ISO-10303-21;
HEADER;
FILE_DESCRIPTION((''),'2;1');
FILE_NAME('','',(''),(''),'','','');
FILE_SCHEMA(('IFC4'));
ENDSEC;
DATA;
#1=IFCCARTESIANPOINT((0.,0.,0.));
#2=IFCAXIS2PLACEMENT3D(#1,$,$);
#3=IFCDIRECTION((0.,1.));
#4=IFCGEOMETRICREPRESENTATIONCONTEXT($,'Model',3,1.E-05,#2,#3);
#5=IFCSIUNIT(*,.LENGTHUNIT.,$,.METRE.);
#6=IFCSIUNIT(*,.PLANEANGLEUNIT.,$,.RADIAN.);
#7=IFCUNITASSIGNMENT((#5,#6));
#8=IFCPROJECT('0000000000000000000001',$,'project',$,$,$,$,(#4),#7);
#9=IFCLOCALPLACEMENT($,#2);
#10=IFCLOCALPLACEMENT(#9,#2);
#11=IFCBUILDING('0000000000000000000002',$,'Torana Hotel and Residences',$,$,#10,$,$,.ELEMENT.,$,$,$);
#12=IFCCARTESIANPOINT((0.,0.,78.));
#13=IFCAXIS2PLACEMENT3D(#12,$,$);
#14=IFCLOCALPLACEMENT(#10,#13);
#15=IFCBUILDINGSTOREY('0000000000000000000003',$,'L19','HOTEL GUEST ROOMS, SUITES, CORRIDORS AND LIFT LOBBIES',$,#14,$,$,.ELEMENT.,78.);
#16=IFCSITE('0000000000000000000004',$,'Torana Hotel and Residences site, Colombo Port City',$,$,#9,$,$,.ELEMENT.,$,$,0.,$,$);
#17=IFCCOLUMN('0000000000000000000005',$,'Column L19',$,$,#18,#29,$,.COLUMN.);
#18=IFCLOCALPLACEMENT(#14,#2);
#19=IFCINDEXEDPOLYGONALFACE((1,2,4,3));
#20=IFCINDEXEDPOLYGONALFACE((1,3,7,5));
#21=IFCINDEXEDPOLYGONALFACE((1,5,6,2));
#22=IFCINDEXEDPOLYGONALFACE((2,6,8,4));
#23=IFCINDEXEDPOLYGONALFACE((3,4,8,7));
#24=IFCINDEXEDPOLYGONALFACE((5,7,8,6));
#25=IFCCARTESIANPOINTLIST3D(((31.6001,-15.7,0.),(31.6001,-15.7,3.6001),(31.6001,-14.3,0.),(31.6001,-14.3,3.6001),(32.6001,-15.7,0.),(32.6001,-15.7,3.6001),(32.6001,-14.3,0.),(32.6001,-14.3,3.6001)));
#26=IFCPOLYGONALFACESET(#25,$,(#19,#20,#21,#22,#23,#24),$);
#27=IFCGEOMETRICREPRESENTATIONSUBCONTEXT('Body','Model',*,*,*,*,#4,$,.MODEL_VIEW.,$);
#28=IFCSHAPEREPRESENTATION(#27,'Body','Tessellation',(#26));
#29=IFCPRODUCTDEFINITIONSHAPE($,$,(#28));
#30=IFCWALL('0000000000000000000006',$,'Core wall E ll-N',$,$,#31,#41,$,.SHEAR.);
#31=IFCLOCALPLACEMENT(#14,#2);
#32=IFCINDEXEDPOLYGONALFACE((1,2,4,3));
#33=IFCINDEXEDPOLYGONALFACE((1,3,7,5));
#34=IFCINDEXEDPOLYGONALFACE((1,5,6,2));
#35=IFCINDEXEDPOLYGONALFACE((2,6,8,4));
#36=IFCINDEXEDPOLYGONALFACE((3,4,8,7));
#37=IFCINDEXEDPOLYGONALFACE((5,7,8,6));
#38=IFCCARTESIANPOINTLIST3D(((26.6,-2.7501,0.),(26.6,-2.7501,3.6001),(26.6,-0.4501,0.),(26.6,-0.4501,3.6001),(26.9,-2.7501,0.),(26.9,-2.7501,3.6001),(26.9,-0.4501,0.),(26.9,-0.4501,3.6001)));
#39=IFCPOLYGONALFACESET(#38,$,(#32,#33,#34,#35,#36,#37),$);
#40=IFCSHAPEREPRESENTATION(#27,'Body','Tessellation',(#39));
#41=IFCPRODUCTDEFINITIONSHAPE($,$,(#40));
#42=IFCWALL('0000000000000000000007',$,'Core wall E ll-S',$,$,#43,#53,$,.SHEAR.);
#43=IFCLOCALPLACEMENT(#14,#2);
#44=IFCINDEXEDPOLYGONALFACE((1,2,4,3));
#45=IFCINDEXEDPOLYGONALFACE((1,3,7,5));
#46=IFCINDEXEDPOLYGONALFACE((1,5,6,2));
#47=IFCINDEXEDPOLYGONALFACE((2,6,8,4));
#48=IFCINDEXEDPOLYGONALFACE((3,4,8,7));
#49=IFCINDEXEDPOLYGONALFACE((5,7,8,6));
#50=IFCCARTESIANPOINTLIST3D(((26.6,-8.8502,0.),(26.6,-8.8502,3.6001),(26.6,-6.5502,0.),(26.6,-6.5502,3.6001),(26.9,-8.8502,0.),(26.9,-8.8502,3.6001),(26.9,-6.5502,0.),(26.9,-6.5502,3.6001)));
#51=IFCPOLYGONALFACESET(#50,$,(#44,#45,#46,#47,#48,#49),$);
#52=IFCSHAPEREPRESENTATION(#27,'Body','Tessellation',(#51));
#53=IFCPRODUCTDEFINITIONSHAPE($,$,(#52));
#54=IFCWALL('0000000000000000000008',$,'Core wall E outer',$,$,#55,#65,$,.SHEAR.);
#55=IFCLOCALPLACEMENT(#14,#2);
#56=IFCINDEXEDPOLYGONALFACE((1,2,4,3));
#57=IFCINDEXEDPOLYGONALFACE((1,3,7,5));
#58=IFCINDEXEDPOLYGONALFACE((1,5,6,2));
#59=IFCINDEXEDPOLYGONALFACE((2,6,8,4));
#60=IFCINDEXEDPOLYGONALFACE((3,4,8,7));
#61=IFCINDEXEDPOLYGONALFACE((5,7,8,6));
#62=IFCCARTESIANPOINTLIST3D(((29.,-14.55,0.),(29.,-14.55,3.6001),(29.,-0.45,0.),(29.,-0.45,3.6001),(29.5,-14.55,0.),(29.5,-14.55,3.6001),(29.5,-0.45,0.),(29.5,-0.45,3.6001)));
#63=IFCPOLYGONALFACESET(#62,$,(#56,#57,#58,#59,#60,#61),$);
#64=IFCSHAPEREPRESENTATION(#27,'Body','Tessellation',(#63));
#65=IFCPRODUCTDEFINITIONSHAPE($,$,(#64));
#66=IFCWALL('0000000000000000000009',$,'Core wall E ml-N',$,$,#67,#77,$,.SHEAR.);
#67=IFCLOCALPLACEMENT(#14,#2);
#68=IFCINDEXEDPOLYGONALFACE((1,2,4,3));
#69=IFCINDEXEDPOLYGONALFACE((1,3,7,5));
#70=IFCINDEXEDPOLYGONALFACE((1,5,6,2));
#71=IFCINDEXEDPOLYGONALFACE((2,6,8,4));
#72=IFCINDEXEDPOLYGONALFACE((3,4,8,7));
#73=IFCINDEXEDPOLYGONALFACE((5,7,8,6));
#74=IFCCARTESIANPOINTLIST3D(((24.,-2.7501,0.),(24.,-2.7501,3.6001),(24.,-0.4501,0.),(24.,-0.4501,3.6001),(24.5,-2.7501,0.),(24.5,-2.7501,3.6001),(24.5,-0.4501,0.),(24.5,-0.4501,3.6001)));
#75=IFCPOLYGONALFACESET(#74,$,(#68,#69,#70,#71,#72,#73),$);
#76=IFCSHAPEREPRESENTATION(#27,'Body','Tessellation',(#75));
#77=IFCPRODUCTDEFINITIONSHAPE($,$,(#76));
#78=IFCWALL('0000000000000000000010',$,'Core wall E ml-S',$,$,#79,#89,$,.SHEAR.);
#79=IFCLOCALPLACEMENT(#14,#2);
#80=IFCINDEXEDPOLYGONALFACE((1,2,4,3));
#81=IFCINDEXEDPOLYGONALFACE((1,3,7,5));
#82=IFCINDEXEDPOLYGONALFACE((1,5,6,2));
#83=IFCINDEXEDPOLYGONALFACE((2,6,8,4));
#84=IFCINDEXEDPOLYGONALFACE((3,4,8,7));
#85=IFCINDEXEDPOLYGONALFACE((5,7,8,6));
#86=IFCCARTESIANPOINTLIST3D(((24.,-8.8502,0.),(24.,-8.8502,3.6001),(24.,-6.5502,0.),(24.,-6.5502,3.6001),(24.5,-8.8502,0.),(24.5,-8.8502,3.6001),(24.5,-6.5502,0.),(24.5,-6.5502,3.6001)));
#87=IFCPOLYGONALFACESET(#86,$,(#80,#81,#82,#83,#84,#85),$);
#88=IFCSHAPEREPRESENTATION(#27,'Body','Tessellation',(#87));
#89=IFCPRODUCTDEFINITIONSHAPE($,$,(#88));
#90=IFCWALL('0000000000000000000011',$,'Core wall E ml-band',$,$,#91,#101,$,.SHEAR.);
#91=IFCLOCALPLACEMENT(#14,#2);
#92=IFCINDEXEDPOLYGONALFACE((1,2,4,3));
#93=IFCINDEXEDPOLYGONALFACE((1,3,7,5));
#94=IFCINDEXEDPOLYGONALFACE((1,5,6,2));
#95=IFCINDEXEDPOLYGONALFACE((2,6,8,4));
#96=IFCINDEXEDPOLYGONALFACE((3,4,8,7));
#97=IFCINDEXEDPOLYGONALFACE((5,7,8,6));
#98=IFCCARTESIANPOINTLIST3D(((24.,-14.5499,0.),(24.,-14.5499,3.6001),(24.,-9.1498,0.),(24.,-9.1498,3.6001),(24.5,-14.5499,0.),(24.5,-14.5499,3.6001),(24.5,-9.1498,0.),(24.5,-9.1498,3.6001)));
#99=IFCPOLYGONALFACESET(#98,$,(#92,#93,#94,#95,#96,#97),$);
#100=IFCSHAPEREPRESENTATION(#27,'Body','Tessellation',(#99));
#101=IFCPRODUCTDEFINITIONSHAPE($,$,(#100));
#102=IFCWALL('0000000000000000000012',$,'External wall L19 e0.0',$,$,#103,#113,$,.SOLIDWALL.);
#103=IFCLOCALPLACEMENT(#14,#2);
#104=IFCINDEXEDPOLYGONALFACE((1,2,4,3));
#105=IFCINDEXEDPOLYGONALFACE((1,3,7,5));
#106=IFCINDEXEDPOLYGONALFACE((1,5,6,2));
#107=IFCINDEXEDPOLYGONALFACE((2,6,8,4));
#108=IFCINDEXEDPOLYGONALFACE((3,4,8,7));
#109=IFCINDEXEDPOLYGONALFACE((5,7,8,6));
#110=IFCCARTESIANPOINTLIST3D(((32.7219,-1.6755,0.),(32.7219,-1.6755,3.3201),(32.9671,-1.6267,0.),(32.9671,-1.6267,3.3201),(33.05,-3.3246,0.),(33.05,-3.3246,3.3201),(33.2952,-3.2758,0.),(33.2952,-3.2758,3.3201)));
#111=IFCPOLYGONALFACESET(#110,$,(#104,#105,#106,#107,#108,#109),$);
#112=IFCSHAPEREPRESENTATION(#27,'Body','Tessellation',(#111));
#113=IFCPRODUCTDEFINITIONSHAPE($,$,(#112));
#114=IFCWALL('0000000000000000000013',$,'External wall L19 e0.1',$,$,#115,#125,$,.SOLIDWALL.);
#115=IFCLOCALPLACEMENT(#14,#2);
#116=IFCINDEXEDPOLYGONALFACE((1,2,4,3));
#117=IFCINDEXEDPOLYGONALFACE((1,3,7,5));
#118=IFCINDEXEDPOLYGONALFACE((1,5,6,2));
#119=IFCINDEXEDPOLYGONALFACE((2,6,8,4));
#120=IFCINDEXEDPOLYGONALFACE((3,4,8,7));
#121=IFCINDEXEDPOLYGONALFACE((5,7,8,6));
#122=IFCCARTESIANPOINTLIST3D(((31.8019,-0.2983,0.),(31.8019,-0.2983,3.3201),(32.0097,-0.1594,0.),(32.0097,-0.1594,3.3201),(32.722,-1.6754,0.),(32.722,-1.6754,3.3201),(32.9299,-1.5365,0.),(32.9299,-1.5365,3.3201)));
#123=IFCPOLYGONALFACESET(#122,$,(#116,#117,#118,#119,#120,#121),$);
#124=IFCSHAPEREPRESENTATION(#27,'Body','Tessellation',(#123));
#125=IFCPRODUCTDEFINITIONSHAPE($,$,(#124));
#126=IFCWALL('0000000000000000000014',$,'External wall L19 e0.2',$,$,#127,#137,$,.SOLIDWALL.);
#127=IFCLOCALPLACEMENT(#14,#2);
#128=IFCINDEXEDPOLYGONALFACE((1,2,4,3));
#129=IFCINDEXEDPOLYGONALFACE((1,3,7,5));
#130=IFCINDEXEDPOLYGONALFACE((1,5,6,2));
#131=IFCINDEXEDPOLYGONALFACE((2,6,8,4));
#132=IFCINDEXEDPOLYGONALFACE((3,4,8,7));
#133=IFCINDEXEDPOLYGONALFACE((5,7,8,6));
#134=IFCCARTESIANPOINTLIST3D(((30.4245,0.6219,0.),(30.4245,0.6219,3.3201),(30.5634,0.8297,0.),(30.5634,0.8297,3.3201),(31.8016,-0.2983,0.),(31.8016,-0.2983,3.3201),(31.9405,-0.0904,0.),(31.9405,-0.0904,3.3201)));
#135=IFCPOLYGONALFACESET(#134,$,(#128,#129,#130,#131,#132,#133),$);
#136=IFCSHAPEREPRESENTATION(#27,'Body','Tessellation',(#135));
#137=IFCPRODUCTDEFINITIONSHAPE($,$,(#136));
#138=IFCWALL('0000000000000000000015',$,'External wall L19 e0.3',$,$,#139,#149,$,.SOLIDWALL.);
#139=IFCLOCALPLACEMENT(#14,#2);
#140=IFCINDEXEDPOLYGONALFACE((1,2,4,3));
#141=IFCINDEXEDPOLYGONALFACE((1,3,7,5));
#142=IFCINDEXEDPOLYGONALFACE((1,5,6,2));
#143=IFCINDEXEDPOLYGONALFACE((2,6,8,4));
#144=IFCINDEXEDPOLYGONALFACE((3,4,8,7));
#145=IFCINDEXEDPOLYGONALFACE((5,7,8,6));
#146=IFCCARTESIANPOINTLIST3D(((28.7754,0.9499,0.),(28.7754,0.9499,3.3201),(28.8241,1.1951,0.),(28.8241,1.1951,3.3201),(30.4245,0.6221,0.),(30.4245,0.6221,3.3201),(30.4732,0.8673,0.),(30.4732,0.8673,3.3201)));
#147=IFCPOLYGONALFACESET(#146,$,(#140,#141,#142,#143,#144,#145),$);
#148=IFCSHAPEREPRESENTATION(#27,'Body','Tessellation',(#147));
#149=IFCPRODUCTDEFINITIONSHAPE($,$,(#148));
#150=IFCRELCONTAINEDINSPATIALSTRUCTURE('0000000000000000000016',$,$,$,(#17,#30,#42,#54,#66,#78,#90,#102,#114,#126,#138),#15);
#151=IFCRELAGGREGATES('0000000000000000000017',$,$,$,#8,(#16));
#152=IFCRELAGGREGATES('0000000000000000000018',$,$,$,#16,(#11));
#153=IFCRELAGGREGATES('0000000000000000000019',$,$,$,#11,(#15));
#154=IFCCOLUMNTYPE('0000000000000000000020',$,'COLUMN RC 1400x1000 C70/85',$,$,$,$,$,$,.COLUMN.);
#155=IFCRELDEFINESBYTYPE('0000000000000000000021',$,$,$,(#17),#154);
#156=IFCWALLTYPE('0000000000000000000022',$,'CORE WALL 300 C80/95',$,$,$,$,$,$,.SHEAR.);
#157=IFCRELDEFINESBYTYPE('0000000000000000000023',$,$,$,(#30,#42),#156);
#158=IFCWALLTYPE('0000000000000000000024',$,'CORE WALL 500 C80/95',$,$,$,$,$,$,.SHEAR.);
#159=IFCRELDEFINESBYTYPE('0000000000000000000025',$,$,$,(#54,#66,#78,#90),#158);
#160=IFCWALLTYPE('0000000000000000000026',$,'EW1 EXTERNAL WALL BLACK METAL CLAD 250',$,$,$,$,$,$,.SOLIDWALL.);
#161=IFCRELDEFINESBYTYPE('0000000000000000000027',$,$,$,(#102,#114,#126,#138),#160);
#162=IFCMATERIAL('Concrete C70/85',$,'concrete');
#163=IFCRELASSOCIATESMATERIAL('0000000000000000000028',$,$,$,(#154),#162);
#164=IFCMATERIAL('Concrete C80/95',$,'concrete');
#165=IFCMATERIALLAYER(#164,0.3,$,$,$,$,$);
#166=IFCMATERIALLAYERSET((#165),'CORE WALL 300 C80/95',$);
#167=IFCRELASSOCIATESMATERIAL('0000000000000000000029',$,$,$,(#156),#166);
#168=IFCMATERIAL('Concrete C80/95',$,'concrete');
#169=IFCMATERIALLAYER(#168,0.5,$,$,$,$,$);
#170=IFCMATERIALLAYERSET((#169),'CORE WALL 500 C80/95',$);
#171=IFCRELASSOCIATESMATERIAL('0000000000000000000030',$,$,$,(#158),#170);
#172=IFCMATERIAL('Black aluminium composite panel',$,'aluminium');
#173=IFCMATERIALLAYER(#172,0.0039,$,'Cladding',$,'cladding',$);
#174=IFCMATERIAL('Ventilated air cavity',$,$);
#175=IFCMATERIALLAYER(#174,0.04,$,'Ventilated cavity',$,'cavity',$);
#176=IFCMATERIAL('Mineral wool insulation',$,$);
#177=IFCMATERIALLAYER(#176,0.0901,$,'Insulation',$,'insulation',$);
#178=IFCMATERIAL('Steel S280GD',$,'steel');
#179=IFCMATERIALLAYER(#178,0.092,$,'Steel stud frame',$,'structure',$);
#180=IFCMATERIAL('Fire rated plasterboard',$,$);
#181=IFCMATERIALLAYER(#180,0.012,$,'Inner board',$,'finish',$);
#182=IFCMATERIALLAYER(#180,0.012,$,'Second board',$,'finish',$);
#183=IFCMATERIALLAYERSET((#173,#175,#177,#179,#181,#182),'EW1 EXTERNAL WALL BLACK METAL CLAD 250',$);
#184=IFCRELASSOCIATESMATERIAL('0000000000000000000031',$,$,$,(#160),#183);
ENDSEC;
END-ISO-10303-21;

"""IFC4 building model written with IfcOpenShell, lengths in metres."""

from ifc_helpers import new_model, si_unit, direction, frame, frame_2d, origin, origin_2d, place, context, subcontext, project, spatial, rectangle, extrude, material, layer, layer_set, material_profile, profile_set, type_object, element, save


model = new_model("IFC4")

# Units and contexts
model_context = context("Model", 3, precision=1e-05, world=origin(), true_north=direction((0.0, 1.0)))
body_context = subcontext(model_context, "Body", "Model", "MODEL_VIEW")
ifc_project = project(units=[si_unit("LENGTHUNIT", "METRE"), si_unit("PLANEANGLEUNIT", "RADIAN")], contexts=[model_context])

# Site, building, storey
site_placement = place(None, origin())
site = spatial("IfcSite", under=ifc_project, at=site_placement, Name="Torana Hotel and Residences site, Colombo Port City", CompositionType="ELEMENT", RefElevation=0.0)
building_placement = place(site_placement, origin())
building = spatial("IfcBuilding", under=site, at=building_placement, Name="Torana Hotel and Residences", CompositionType="ELEMENT")
storey_placement = place(building_placement, frame((0.0, 0.0, 78.0)))
storey = spatial("IfcBuildingStorey", under=building, at=storey_placement, Name="L19", Description="HOTEL GUEST ROOMS, SUITES, CORRIDORS AND LIFT LOBBIES", CompositionType="ELEMENT", Elevation=78.0)

# Column
ifc_material_1 = material(Name="Concrete C70/85", Category="concrete")
ifc_material_profile = material_profile(ifc_material_1, rectangle(XDim=1.3999, YDim=1.0, at=origin_2d()), Name="RC 1400x1000")
ifc_profile_set = profile_set([ifc_material_profile], Name="Concrete C70/85")
column_type = type_object("IfcColumnType", Name="COLUMN RC 1400x1000 C70/85", PredefinedType="COLUMN", material=ifc_profile_set)
column_placement = place(storey_placement, frame((32.1001, -15.0, 0.0), z_axis=(0.0, 0.0, 1.0), x_axis=(0.0, 1.0, 0.0)))
element("IfcColumn", 1, at=column_placement, inside=storey, type_object=column_type, Name="Column L19", PredefinedType="COLUMN", context=body_context, shape_type="SweptSolid", body=[
    extrude(rectangle(XDim=1.3999, YDim=1.0, at=origin_2d()), origin(), (0.0, 0.0, 1.0), 3.6001),
])

# Walls
ifc_material_2 = material(Name="Concrete C80/95", Category="concrete")
ifc_layer_1 = layer(ifc_material_2, 0.3)
ifc_layer_set_1 = layer_set([ifc_layer_1], Name="CORE WALL 300 C80/95")
wall_type_1 = type_object("IfcWallType", Name="CORE WALL 300 C80/95", PredefinedType="SHEAR", material=ifc_layer_set_1)
for number, where, z_axis, x_axis, name in (
    (2, (26.75, -2.75, 0.0), (0.0, 0.0, 1.0), (0.0, 1.0, 0.0), "Core wall E ll-N"),
    (3, (26.75, -8.8501, 0.0), (0.0, 0.0, 1.0), (0.0, 1.0, 0.0), "Core wall E ll-S"),
):
    element("IfcWall", number, at=place(storey_placement, frame(where, z_axis=z_axis, x_axis=x_axis)), inside=storey, type_object=wall_type_1, Name=name, PredefinedType="SHEAR", context=body_context, shape_type="SweptSolid", body=[
        extrude(rectangle(XDim=2.3, YDim=0.3, at=frame_2d((1.1499, 0.0))), origin(), (0.0, 0.0, 1.0), 3.6001),
    ])
ifc_material_3 = material(Name="Concrete C80/95", Category="concrete")
ifc_layer_2 = layer(ifc_material_3, 0.5)
ifc_layer_set_2 = layer_set([ifc_layer_2], Name="CORE WALL 500 C80/95")
wall_type_2 = type_object("IfcWallType", Name="CORE WALL 500 C80/95", PredefinedType="SHEAR", material=ifc_layer_set_2)
wall_1_placement = place(storey_placement, frame((29.25, -14.55, 0.0), z_axis=(0.0, 0.0, 1.0), x_axis=(0.0, 1.0, 0.0)))
element("IfcWall", 4, at=wall_1_placement, inside=storey, type_object=wall_type_2, Name="Core wall E outer", PredefinedType="SHEAR", context=body_context, shape_type="SweptSolid", body=[
    extrude(rectangle(XDim=14.1001, YDim=0.5, at=frame_2d((7.05, 0.0))), origin(), (0.0, 0.0, 1.0), 3.6001),
])
for number, where, z_axis, x_axis, name in (
    (5, (24.25, -2.75, 0.0), (0.0, 0.0, 1.0), (0.0, 1.0, 0.0), "Core wall E ml-N"),
    (6, (24.25, -8.8501, 0.0), (0.0, 0.0, 1.0), (0.0, 1.0, 0.0), "Core wall E ml-S"),
):
    element("IfcWall", number, at=place(storey_placement, frame(where, z_axis=z_axis, x_axis=x_axis)), inside=storey, type_object=wall_type_2, Name=name, PredefinedType="SHEAR", context=body_context, shape_type="SweptSolid", body=[
        extrude(rectangle(XDim=2.3, YDim=0.5, at=frame_2d((1.1499, 0.0))), origin(), (0.0, 0.0, 1.0), 3.6001),
    ])
wall_2_placement = place(storey_placement, frame((24.25, -14.55, 0.0), z_axis=(0.0, 0.0, 1.0), x_axis=(0.0, 1.0, 0.0)))
element("IfcWall", 7, at=wall_2_placement, inside=storey, type_object=wall_type_2, Name="Core wall E ml-band", PredefinedType="SHEAR", context=body_context, shape_type="SweptSolid", body=[
    extrude(rectangle(XDim=5.4001, YDim=0.5, at=frame_2d((2.7002, 0.0))), origin(), (0.0, 0.0, 1.0), 3.6001),
])
ifc_material_4 = material(Name="Black aluminium composite panel", Category="aluminium")
ifc_layer_3 = layer(ifc_material_4, 0.0039, Name="Cladding", Category="cladding")
ifc_material_5 = material(Name="Ventilated air cavity")
ifc_layer_4 = layer(ifc_material_5, 0.04, Name="Ventilated cavity", Category="cavity")
ifc_material_6 = material(Name="Mineral wool insulation")
ifc_layer_5 = layer(ifc_material_6, 0.0901, Name="Insulation", Category="insulation")
ifc_material_7 = material(Name="Steel S280GD", Category="steel")
ifc_layer_6 = layer(ifc_material_7, 0.092, Name="Steel stud frame", Category="structure")
ifc_material_8 = material(Name="Fire rated plasterboard")
ifc_layer_7 = layer(ifc_material_8, 0.012, Name="Inner board", Category="finish")
ifc_layer_8 = layer(ifc_material_8, 0.012, Name="Second board", Category="finish")
ifc_layer_set_3 = layer_set([ifc_layer_3, ifc_layer_4, ifc_layer_5, ifc_layer_6, ifc_layer_7, ifc_layer_8], Name="EW1 EXTERNAL WALL BLACK METAL CLAD 250")
wall_type_3 = type_object("IfcWallType", Name="EW1 EXTERNAL WALL BLACK METAL CLAD 250", PredefinedType="SOLIDWALL", material=ifc_layer_set_3)
wall_3_placement = place(storey_placement, frame((33.1726, -3.3003, 0.0), z_axis=(0.0, 0.0, 1.0), x_axis=(-0.195139, 0.980776, 0.0)))
element("IfcWall", 8, at=wall_3_placement, inside=storey, type_object=wall_type_3, Name="External wall L19 e0.0", PredefinedType="SOLIDWALL", context=body_context, shape_type="SweptSolid", body=[
    extrude(rectangle(XDim=1.6814, YDim=0.25, at=frame_2d((0.8408, 0.0))), origin(), (0.0, 0.0, 1.0), 3.3201),
])
for number, where, z_axis, x_axis, name in (
    (9, (32.8259, -1.606, 0.0), (0.0, 0.0, 1.0), (-0.55555, 0.831483, 0.0), "External wall L19 e0.1"),
    (10, (31.8711, -0.1943, 0.0), (0.0, 0.0, 1.0), (-0.831483, 0.55555, 0.0), "External wall L19 e0.2"),
):
    element("IfcWall", number, at=place(storey_placement, frame(where, z_axis=z_axis, x_axis=x_axis)), inside=storey, type_object=wall_type_3, Name=name, PredefinedType="SOLIDWALL", context=body_context, shape_type="SweptSolid", body=[
        extrude(rectangle(XDim=1.6562, YDim=0.25, at=frame_2d((0.8281, 0.0))), origin(), (0.0, 0.0, 1.0), 3.3201),
    ])
wall_4_placement = place(storey_placement, frame((30.449, 0.7446, 0.0), z_axis=(0.0, 0.0, 1.0), x_axis=(-0.980803, 0.194999, 0.0)))
element("IfcWall", 11, at=wall_4_placement, inside=storey, type_object=wall_type_3, Name="External wall L19 e0.3", PredefinedType="SOLIDWALL", context=body_context, shape_type="SweptSolid", body=[
    extrude(rectangle(XDim=1.6814, YDim=0.25, at=frame_2d((0.8408, 0.0))), origin(), (0.0, 0.0, 1.0), 3.3201),
])

save(model, "model.ifc")
